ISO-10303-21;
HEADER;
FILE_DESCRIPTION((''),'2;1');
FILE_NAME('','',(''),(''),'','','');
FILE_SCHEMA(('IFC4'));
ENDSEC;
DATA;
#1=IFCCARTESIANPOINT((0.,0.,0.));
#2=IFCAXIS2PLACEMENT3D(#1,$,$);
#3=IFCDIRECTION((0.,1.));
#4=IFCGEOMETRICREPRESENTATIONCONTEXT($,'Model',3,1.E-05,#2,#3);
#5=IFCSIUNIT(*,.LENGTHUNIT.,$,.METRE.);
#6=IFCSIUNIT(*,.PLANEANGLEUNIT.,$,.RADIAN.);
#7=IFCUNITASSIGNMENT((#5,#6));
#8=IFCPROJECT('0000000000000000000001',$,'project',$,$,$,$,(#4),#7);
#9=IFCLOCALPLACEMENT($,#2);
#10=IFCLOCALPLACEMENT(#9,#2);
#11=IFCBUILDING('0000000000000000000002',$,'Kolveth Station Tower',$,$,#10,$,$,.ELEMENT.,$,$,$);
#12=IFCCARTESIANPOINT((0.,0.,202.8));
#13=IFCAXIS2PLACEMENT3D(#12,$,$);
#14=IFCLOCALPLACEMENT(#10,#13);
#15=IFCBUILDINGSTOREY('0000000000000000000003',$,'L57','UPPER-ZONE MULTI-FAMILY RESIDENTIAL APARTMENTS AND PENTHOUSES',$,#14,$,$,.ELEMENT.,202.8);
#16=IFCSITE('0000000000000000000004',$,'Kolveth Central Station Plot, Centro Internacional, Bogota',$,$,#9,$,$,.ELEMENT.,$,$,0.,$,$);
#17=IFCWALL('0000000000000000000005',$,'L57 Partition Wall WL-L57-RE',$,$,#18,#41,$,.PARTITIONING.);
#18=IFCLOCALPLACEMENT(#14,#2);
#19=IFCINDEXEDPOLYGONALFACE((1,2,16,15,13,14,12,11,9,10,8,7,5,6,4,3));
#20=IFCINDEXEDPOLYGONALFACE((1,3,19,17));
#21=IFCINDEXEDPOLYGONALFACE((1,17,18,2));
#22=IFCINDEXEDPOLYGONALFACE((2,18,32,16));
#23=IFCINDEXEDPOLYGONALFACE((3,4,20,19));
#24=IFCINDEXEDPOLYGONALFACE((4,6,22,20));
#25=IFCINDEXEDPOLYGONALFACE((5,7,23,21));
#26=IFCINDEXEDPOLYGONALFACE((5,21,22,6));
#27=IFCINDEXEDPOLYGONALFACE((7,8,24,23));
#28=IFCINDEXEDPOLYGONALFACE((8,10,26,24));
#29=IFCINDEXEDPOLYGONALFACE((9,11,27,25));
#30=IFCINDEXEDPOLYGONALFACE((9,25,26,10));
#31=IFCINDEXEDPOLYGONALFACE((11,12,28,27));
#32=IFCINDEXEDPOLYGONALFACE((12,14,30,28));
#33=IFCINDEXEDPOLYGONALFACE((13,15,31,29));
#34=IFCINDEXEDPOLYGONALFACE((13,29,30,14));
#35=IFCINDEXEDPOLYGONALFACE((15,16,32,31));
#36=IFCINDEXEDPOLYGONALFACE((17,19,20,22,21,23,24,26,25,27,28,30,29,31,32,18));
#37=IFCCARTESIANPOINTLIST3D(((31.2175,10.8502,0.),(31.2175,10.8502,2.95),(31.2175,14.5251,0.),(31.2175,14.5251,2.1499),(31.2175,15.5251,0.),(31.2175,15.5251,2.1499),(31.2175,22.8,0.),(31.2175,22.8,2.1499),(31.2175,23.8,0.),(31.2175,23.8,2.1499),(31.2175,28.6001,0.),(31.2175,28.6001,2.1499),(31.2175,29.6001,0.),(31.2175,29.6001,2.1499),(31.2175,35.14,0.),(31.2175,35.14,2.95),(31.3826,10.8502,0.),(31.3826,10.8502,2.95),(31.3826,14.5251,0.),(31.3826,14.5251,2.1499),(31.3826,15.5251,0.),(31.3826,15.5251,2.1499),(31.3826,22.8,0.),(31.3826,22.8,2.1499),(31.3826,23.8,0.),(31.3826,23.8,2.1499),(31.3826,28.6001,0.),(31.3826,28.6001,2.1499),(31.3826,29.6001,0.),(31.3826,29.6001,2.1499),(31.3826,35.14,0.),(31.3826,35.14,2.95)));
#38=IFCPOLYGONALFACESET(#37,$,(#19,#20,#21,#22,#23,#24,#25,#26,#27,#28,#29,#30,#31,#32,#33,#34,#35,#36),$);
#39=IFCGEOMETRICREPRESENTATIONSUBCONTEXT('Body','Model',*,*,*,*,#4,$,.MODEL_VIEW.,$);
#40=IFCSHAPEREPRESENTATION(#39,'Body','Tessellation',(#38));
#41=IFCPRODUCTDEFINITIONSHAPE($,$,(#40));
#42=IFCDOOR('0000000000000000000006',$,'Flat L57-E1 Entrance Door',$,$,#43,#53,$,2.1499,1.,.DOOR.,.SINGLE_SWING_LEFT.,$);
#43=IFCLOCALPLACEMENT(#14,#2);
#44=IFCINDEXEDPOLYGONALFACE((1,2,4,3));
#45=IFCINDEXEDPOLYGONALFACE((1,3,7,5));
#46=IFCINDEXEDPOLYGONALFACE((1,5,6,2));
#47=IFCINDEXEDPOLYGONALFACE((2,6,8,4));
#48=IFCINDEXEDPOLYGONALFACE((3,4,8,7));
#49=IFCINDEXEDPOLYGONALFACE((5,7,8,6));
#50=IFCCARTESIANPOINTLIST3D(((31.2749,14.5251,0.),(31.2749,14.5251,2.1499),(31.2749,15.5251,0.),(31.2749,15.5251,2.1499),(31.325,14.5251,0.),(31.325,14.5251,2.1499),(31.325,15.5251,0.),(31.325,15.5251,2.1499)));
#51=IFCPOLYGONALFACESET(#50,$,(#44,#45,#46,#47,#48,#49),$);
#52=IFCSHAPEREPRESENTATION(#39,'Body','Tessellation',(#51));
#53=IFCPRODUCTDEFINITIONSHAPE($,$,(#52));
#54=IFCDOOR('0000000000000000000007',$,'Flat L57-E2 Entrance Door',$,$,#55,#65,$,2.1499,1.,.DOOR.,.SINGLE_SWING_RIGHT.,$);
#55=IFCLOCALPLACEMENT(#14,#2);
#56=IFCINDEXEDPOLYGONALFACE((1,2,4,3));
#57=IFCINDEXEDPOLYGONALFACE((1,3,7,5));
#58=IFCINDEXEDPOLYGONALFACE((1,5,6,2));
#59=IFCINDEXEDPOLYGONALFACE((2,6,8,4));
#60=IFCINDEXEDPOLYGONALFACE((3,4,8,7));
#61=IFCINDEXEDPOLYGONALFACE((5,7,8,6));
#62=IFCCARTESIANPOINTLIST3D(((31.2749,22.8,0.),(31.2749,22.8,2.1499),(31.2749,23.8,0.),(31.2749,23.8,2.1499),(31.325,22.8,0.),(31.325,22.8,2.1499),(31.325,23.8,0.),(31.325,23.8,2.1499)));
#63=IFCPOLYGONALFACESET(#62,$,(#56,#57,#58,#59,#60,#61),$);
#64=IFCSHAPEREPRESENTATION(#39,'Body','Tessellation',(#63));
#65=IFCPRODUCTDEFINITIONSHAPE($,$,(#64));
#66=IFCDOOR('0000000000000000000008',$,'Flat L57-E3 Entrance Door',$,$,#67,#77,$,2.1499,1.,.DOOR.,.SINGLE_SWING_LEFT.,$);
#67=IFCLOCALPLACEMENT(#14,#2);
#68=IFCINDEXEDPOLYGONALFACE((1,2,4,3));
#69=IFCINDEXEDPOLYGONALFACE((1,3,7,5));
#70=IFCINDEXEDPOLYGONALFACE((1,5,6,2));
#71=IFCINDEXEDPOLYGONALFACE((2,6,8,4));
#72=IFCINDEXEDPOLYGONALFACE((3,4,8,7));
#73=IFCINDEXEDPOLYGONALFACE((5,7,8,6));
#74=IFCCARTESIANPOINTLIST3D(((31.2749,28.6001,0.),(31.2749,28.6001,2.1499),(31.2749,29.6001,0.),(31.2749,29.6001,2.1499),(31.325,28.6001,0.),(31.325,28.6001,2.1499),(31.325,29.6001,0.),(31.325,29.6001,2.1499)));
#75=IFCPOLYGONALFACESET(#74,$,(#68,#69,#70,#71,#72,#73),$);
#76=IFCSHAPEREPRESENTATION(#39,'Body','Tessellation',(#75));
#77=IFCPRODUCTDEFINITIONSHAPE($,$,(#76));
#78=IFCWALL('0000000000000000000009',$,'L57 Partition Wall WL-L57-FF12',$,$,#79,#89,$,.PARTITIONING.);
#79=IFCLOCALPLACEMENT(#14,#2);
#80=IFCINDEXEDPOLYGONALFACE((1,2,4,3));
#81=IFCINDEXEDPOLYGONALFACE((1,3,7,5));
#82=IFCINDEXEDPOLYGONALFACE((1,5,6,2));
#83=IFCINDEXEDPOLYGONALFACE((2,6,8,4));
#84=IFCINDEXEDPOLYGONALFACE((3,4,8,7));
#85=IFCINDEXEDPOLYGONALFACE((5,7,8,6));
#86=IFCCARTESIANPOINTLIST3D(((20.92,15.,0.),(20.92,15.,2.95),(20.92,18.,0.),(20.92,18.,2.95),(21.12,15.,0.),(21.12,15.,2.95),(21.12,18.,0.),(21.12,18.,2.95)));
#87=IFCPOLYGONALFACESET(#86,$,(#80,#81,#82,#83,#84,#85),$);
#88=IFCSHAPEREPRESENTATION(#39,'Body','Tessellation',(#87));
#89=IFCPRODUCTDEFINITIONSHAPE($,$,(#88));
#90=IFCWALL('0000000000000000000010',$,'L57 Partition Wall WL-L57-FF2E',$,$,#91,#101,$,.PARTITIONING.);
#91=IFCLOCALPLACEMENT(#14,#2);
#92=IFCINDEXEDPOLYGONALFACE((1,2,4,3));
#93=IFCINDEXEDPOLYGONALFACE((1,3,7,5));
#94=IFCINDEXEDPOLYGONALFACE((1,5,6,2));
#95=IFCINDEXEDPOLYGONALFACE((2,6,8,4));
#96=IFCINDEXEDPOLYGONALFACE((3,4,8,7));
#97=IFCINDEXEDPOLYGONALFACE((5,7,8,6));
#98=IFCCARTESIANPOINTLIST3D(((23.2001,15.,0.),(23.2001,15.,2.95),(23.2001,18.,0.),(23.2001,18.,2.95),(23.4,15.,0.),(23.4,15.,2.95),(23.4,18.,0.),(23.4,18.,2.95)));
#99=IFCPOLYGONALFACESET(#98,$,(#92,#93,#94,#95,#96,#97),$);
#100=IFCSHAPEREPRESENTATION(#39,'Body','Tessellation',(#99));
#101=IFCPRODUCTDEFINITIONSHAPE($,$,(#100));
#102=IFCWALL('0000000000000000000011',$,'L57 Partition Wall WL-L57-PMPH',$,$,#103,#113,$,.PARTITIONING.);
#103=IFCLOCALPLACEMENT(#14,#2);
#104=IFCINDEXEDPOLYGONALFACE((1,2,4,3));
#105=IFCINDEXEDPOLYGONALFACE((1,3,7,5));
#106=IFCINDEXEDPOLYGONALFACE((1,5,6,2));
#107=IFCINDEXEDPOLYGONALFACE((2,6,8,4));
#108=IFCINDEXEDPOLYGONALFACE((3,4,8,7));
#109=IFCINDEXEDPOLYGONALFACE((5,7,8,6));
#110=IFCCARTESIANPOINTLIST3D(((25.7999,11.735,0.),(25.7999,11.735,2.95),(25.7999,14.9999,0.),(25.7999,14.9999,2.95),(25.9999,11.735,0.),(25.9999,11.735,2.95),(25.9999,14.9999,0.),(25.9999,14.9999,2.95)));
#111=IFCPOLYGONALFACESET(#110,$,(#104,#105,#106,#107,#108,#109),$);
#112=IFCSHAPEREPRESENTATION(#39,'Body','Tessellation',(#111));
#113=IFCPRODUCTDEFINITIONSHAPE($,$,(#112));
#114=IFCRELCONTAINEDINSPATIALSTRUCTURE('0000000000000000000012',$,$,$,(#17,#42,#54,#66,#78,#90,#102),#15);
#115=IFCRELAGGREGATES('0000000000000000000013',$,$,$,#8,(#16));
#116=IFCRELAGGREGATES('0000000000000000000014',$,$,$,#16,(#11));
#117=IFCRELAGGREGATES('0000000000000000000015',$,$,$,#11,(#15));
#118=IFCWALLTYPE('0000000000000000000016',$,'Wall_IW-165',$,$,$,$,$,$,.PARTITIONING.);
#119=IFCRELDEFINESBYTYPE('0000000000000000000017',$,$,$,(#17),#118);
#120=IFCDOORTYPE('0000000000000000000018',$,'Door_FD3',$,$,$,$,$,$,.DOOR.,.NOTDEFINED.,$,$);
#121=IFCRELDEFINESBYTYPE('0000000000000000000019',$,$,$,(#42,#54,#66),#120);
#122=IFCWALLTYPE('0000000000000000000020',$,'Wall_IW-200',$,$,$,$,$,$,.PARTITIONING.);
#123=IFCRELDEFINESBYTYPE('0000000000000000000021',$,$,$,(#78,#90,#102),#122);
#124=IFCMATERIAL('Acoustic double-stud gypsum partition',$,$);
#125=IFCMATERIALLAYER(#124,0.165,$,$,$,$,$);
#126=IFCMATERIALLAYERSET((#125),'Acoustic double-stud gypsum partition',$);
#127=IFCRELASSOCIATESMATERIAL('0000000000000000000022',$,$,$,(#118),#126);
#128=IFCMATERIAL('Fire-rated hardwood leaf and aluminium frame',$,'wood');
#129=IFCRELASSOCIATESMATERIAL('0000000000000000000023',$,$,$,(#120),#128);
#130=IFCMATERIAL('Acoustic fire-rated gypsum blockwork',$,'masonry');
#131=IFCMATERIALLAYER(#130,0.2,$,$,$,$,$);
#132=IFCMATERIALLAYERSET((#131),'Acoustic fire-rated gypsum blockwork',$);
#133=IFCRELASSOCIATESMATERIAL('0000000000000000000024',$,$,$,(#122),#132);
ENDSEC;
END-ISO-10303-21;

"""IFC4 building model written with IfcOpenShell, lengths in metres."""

from ifc_helpers import new_model, si_unit, direction, frame, frame_2d, origin, place, context, subcontext, project, spatial, rectangle, extrude, material, layer, layer_set, type_object, element, fill, save


model = new_model("IFC4")

# Units and contexts
model_context = context("Model", 3, precision=1e-05, world=origin(), true_north=direction((0.0, 1.0)))
body_context = subcontext(model_context, "Body", "Model", "MODEL_VIEW")
ifc_project = project(units=[si_unit("LENGTHUNIT", "METRE"), si_unit("PLANEANGLEUNIT", "RADIAN")], contexts=[model_context])

# Site, building, storey
site_placement = place(None, origin())
site = spatial("IfcSite", under=ifc_project, at=site_placement, Name="Kolveth Central Station Plot, Centro Internacional, Bogota", CompositionType="ELEMENT", RefElevation=0.0)
building_placement = place(site_placement, origin())
building = spatial("IfcBuilding", under=site, at=building_placement, Name="Kolveth Station Tower", CompositionType="ELEMENT")
storey_placement = place(building_placement, frame((0.0, 0.0, 202.8)))
storey = spatial("IfcBuildingStorey", under=building, at=storey_placement, Name="L57", Description="UPPER-ZONE MULTI-FAMILY RESIDENTIAL APARTMENTS AND PENTHOUSES", CompositionType="ELEMENT", Elevation=202.8)

# Shared definitions
ifc_material_1 = material(Name="Acoustic double-stud gypsum partition")
ifc_layer_1 = layer(ifc_material_1, 0.165)
ifc_layer_set_1 = layer_set([ifc_layer_1], Name="Acoustic double-stud gypsum partition")
wall_type_1 = type_object("IfcWallType", Name="Wall_IW-165", PredefinedType="PARTITIONING", material=ifc_layer_set_1)

# Wall, openings, doors
wall_1_placement = place(storey_placement, frame((31.3, 10.8501, 0.0), z_axis=(0.0, 0.0, 1.0), x_axis=(0.0, 1.0, 0.0)))
wall_1 = element("IfcWall", 1, at=wall_1_placement, inside=storey, type_object=wall_type_1, Name="L57 Partition Wall WL-L57-RE", PredefinedType="PARTITIONING", context=body_context, shape_type="SweptSolid", body=[
    extrude(rectangle(XDim=24.2898, YDim=0.165, at=frame_2d((12.145, 0.0))), origin(), (0.0, 0.0, 1.0), 2.95),
])
opening_1_placement = place(wall_1_placement, frame((3.675, 0.0, 0.0)))
opening_1 = element("IfcOpeningElement", 2, at=opening_1_placement, cuts=wall_1, PredefinedType="OPENING", context=body_context, shape_type="SweptSolid", body=[
    extrude(rectangle(XDim=1.0, YDim=2.1499, at=frame_2d((0.5, 1.075))), frame((0.0, 0.0925, 0.0), z_axis=(0.0, -1.0, 0.0), x_axis=(1.0, 0.0, 0.0)), (0.0, 0.0, 1.0), 0.1851),
])
opening_2_placement = place(wall_1_placement, frame((11.95, 0.0, 0.0)))
opening_2 = element("IfcOpeningElement", 3, at=opening_2_placement, cuts=wall_1, PredefinedType="OPENING", context=body_context, shape_type="SweptSolid", body=[
    extrude(rectangle(XDim=1.0, YDim=2.1499, at=frame_2d((0.5, 1.075))), frame((0.0, 0.0925, 0.0), z_axis=(0.0, -1.0, 0.0), x_axis=(1.0, 0.0, 0.0)), (0.0, 0.0, 1.0), 0.1851),
])
opening_3_placement = place(wall_1_placement, frame((17.75, 0.0, 0.0)))
opening_3 = element("IfcOpeningElement", 4, at=opening_3_placement, cuts=wall_1, PredefinedType="OPENING", context=body_context, shape_type="SweptSolid", body=[
    extrude(rectangle(XDim=1.0, YDim=2.1499, at=frame_2d((0.5, 1.075))), frame((0.0, 0.0925, 0.0), z_axis=(0.0, -1.0, 0.0), x_axis=(1.0, 0.0, 0.0)), (0.0, 0.0, 1.0), 0.1851),
])
ifc_material_2 = material(Name="Fire-rated hardwood leaf and aluminium frame", Category="wood")
door_type_1 = type_object("IfcDoorType", Name="Door_FD3", OperationType="NOTDEFINED", PredefinedType="DOOR", material=ifc_material_2)
door_1_placement = place(opening_1_placement, frame((1.0, 0.0, 0.0), z_axis=(0.0, 0.0, 1.0), x_axis=(-1.0, 0.0, 0.0)))
door_1 = element("IfcDoor", 5, at=door_1_placement, inside=storey, type_object=door_type_1, Name="Flat L57-E1 Entrance Door", OperationType="SINGLE_SWING_LEFT", OverallHeight=2.1499, OverallWidth=1.0, PredefinedType="DOOR", context=body_context, shape_type="SweptSolid", body=[
    extrude(rectangle(XDim=1.0, YDim=2.1499, at=frame_2d((0.5, 1.075))), frame((0.0, 0.0249, 0.0), z_axis=(0.0, -1.0, 0.0), x_axis=(1.0, 0.0, 0.0)), (0.0, 0.0, 1.0), 0.05),
])
fill(opening_1, door_1)
door_2_placement = place(opening_2_placement, frame((1.0, 0.0, 0.0), z_axis=(0.0, 0.0, 1.0), x_axis=(-1.0, 0.0, 0.0)))
door_2 = element("IfcDoor", 6, at=door_2_placement, inside=storey, type_object=door_type_1, Name="Flat L57-E2 Entrance Door", OperationType="SINGLE_SWING_RIGHT", OverallHeight=2.1499, OverallWidth=1.0, PredefinedType="DOOR", context=body_context, shape_type="SweptSolid", body=[
    extrude(rectangle(XDim=1.0, YDim=2.1499, at=frame_2d((0.5, 1.075))), frame((0.0, 0.0249, 0.0), z_axis=(0.0, -1.0, 0.0), x_axis=(1.0, 0.0, 0.0)), (0.0, 0.0, 1.0), 0.05),
])
fill(opening_2, door_2)
door_3_placement = place(opening_3_placement, frame((1.0, 0.0, 0.0), z_axis=(0.0, 0.0, 1.0), x_axis=(-1.0, 0.0, 0.0)))
door_3 = element("IfcDoor", 7, at=door_3_placement, inside=storey, type_object=door_type_1, Name="Flat L57-E3 Entrance Door", OperationType="SINGLE_SWING_LEFT", OverallHeight=2.1499, OverallWidth=1.0, PredefinedType="DOOR", context=body_context, shape_type="SweptSolid", body=[
    extrude(rectangle(XDim=1.0, YDim=2.1499, at=frame_2d((0.5, 1.075))), frame((0.0, 0.0249, 0.0), z_axis=(0.0, -1.0, 0.0), x_axis=(1.0, 0.0, 0.0)), (0.0, 0.0, 1.0), 0.05),
])
fill(opening_3, door_3)

# Walls
ifc_material_3 = material(Name="Acoustic fire-rated gypsum blockwork", Category="masonry")
ifc_layer_2 = layer(ifc_material_3, 0.2)
ifc_layer_set_2 = layer_set([ifc_layer_2], Name="Acoustic fire-rated gypsum blockwork")
wall_type_2 = type_object("IfcWallType", Name="Wall_IW-200", PredefinedType="PARTITIONING", material=ifc_layer_set_2)
for number, where, z_axis, x_axis, name in (
    (8, (21.02, 15.0, 0.0), (0.0, 0.0, 1.0), (0.0, 1.0, 0.0), "L57 Partition Wall WL-L57-FF12"),
    (9, (23.3, 15.0, 0.0), (0.0, 0.0, 1.0), (0.0, 1.0, 0.0), "L57 Partition Wall WL-L57-FF2E"),
):
    element("IfcWall", number, at=place(storey_placement, frame(where, z_axis=z_axis, x_axis=x_axis)), inside=storey, type_object=wall_type_2, Name=name, PredefinedType="PARTITIONING", context=body_context, shape_type="SweptSolid", body=[
        extrude(rectangle(XDim=3.0, YDim=0.2, at=frame_2d((1.5, 0.0))), origin(), (0.0, 0.0, 1.0), 2.95),
    ])
wall_2_placement = place(storey_placement, frame((25.8999, 11.7351, 0.0), z_axis=(0.0, 0.0, 1.0), x_axis=(0.0, 1.0, 0.0)))
element("IfcWall", 10, at=wall_2_placement, inside=storey, type_object=wall_type_2, Name="L57 Partition Wall WL-L57-PMPH", PredefinedType="PARTITIONING", context=body_context, shape_type="SweptSolid", body=[
    extrude(rectangle(XDim=3.2649, YDim=0.2, at=frame_2d((1.6323, 0.0))), origin(), (0.0, 0.0, 1.0), 2.95),
])

save(model, "model.ifc")
